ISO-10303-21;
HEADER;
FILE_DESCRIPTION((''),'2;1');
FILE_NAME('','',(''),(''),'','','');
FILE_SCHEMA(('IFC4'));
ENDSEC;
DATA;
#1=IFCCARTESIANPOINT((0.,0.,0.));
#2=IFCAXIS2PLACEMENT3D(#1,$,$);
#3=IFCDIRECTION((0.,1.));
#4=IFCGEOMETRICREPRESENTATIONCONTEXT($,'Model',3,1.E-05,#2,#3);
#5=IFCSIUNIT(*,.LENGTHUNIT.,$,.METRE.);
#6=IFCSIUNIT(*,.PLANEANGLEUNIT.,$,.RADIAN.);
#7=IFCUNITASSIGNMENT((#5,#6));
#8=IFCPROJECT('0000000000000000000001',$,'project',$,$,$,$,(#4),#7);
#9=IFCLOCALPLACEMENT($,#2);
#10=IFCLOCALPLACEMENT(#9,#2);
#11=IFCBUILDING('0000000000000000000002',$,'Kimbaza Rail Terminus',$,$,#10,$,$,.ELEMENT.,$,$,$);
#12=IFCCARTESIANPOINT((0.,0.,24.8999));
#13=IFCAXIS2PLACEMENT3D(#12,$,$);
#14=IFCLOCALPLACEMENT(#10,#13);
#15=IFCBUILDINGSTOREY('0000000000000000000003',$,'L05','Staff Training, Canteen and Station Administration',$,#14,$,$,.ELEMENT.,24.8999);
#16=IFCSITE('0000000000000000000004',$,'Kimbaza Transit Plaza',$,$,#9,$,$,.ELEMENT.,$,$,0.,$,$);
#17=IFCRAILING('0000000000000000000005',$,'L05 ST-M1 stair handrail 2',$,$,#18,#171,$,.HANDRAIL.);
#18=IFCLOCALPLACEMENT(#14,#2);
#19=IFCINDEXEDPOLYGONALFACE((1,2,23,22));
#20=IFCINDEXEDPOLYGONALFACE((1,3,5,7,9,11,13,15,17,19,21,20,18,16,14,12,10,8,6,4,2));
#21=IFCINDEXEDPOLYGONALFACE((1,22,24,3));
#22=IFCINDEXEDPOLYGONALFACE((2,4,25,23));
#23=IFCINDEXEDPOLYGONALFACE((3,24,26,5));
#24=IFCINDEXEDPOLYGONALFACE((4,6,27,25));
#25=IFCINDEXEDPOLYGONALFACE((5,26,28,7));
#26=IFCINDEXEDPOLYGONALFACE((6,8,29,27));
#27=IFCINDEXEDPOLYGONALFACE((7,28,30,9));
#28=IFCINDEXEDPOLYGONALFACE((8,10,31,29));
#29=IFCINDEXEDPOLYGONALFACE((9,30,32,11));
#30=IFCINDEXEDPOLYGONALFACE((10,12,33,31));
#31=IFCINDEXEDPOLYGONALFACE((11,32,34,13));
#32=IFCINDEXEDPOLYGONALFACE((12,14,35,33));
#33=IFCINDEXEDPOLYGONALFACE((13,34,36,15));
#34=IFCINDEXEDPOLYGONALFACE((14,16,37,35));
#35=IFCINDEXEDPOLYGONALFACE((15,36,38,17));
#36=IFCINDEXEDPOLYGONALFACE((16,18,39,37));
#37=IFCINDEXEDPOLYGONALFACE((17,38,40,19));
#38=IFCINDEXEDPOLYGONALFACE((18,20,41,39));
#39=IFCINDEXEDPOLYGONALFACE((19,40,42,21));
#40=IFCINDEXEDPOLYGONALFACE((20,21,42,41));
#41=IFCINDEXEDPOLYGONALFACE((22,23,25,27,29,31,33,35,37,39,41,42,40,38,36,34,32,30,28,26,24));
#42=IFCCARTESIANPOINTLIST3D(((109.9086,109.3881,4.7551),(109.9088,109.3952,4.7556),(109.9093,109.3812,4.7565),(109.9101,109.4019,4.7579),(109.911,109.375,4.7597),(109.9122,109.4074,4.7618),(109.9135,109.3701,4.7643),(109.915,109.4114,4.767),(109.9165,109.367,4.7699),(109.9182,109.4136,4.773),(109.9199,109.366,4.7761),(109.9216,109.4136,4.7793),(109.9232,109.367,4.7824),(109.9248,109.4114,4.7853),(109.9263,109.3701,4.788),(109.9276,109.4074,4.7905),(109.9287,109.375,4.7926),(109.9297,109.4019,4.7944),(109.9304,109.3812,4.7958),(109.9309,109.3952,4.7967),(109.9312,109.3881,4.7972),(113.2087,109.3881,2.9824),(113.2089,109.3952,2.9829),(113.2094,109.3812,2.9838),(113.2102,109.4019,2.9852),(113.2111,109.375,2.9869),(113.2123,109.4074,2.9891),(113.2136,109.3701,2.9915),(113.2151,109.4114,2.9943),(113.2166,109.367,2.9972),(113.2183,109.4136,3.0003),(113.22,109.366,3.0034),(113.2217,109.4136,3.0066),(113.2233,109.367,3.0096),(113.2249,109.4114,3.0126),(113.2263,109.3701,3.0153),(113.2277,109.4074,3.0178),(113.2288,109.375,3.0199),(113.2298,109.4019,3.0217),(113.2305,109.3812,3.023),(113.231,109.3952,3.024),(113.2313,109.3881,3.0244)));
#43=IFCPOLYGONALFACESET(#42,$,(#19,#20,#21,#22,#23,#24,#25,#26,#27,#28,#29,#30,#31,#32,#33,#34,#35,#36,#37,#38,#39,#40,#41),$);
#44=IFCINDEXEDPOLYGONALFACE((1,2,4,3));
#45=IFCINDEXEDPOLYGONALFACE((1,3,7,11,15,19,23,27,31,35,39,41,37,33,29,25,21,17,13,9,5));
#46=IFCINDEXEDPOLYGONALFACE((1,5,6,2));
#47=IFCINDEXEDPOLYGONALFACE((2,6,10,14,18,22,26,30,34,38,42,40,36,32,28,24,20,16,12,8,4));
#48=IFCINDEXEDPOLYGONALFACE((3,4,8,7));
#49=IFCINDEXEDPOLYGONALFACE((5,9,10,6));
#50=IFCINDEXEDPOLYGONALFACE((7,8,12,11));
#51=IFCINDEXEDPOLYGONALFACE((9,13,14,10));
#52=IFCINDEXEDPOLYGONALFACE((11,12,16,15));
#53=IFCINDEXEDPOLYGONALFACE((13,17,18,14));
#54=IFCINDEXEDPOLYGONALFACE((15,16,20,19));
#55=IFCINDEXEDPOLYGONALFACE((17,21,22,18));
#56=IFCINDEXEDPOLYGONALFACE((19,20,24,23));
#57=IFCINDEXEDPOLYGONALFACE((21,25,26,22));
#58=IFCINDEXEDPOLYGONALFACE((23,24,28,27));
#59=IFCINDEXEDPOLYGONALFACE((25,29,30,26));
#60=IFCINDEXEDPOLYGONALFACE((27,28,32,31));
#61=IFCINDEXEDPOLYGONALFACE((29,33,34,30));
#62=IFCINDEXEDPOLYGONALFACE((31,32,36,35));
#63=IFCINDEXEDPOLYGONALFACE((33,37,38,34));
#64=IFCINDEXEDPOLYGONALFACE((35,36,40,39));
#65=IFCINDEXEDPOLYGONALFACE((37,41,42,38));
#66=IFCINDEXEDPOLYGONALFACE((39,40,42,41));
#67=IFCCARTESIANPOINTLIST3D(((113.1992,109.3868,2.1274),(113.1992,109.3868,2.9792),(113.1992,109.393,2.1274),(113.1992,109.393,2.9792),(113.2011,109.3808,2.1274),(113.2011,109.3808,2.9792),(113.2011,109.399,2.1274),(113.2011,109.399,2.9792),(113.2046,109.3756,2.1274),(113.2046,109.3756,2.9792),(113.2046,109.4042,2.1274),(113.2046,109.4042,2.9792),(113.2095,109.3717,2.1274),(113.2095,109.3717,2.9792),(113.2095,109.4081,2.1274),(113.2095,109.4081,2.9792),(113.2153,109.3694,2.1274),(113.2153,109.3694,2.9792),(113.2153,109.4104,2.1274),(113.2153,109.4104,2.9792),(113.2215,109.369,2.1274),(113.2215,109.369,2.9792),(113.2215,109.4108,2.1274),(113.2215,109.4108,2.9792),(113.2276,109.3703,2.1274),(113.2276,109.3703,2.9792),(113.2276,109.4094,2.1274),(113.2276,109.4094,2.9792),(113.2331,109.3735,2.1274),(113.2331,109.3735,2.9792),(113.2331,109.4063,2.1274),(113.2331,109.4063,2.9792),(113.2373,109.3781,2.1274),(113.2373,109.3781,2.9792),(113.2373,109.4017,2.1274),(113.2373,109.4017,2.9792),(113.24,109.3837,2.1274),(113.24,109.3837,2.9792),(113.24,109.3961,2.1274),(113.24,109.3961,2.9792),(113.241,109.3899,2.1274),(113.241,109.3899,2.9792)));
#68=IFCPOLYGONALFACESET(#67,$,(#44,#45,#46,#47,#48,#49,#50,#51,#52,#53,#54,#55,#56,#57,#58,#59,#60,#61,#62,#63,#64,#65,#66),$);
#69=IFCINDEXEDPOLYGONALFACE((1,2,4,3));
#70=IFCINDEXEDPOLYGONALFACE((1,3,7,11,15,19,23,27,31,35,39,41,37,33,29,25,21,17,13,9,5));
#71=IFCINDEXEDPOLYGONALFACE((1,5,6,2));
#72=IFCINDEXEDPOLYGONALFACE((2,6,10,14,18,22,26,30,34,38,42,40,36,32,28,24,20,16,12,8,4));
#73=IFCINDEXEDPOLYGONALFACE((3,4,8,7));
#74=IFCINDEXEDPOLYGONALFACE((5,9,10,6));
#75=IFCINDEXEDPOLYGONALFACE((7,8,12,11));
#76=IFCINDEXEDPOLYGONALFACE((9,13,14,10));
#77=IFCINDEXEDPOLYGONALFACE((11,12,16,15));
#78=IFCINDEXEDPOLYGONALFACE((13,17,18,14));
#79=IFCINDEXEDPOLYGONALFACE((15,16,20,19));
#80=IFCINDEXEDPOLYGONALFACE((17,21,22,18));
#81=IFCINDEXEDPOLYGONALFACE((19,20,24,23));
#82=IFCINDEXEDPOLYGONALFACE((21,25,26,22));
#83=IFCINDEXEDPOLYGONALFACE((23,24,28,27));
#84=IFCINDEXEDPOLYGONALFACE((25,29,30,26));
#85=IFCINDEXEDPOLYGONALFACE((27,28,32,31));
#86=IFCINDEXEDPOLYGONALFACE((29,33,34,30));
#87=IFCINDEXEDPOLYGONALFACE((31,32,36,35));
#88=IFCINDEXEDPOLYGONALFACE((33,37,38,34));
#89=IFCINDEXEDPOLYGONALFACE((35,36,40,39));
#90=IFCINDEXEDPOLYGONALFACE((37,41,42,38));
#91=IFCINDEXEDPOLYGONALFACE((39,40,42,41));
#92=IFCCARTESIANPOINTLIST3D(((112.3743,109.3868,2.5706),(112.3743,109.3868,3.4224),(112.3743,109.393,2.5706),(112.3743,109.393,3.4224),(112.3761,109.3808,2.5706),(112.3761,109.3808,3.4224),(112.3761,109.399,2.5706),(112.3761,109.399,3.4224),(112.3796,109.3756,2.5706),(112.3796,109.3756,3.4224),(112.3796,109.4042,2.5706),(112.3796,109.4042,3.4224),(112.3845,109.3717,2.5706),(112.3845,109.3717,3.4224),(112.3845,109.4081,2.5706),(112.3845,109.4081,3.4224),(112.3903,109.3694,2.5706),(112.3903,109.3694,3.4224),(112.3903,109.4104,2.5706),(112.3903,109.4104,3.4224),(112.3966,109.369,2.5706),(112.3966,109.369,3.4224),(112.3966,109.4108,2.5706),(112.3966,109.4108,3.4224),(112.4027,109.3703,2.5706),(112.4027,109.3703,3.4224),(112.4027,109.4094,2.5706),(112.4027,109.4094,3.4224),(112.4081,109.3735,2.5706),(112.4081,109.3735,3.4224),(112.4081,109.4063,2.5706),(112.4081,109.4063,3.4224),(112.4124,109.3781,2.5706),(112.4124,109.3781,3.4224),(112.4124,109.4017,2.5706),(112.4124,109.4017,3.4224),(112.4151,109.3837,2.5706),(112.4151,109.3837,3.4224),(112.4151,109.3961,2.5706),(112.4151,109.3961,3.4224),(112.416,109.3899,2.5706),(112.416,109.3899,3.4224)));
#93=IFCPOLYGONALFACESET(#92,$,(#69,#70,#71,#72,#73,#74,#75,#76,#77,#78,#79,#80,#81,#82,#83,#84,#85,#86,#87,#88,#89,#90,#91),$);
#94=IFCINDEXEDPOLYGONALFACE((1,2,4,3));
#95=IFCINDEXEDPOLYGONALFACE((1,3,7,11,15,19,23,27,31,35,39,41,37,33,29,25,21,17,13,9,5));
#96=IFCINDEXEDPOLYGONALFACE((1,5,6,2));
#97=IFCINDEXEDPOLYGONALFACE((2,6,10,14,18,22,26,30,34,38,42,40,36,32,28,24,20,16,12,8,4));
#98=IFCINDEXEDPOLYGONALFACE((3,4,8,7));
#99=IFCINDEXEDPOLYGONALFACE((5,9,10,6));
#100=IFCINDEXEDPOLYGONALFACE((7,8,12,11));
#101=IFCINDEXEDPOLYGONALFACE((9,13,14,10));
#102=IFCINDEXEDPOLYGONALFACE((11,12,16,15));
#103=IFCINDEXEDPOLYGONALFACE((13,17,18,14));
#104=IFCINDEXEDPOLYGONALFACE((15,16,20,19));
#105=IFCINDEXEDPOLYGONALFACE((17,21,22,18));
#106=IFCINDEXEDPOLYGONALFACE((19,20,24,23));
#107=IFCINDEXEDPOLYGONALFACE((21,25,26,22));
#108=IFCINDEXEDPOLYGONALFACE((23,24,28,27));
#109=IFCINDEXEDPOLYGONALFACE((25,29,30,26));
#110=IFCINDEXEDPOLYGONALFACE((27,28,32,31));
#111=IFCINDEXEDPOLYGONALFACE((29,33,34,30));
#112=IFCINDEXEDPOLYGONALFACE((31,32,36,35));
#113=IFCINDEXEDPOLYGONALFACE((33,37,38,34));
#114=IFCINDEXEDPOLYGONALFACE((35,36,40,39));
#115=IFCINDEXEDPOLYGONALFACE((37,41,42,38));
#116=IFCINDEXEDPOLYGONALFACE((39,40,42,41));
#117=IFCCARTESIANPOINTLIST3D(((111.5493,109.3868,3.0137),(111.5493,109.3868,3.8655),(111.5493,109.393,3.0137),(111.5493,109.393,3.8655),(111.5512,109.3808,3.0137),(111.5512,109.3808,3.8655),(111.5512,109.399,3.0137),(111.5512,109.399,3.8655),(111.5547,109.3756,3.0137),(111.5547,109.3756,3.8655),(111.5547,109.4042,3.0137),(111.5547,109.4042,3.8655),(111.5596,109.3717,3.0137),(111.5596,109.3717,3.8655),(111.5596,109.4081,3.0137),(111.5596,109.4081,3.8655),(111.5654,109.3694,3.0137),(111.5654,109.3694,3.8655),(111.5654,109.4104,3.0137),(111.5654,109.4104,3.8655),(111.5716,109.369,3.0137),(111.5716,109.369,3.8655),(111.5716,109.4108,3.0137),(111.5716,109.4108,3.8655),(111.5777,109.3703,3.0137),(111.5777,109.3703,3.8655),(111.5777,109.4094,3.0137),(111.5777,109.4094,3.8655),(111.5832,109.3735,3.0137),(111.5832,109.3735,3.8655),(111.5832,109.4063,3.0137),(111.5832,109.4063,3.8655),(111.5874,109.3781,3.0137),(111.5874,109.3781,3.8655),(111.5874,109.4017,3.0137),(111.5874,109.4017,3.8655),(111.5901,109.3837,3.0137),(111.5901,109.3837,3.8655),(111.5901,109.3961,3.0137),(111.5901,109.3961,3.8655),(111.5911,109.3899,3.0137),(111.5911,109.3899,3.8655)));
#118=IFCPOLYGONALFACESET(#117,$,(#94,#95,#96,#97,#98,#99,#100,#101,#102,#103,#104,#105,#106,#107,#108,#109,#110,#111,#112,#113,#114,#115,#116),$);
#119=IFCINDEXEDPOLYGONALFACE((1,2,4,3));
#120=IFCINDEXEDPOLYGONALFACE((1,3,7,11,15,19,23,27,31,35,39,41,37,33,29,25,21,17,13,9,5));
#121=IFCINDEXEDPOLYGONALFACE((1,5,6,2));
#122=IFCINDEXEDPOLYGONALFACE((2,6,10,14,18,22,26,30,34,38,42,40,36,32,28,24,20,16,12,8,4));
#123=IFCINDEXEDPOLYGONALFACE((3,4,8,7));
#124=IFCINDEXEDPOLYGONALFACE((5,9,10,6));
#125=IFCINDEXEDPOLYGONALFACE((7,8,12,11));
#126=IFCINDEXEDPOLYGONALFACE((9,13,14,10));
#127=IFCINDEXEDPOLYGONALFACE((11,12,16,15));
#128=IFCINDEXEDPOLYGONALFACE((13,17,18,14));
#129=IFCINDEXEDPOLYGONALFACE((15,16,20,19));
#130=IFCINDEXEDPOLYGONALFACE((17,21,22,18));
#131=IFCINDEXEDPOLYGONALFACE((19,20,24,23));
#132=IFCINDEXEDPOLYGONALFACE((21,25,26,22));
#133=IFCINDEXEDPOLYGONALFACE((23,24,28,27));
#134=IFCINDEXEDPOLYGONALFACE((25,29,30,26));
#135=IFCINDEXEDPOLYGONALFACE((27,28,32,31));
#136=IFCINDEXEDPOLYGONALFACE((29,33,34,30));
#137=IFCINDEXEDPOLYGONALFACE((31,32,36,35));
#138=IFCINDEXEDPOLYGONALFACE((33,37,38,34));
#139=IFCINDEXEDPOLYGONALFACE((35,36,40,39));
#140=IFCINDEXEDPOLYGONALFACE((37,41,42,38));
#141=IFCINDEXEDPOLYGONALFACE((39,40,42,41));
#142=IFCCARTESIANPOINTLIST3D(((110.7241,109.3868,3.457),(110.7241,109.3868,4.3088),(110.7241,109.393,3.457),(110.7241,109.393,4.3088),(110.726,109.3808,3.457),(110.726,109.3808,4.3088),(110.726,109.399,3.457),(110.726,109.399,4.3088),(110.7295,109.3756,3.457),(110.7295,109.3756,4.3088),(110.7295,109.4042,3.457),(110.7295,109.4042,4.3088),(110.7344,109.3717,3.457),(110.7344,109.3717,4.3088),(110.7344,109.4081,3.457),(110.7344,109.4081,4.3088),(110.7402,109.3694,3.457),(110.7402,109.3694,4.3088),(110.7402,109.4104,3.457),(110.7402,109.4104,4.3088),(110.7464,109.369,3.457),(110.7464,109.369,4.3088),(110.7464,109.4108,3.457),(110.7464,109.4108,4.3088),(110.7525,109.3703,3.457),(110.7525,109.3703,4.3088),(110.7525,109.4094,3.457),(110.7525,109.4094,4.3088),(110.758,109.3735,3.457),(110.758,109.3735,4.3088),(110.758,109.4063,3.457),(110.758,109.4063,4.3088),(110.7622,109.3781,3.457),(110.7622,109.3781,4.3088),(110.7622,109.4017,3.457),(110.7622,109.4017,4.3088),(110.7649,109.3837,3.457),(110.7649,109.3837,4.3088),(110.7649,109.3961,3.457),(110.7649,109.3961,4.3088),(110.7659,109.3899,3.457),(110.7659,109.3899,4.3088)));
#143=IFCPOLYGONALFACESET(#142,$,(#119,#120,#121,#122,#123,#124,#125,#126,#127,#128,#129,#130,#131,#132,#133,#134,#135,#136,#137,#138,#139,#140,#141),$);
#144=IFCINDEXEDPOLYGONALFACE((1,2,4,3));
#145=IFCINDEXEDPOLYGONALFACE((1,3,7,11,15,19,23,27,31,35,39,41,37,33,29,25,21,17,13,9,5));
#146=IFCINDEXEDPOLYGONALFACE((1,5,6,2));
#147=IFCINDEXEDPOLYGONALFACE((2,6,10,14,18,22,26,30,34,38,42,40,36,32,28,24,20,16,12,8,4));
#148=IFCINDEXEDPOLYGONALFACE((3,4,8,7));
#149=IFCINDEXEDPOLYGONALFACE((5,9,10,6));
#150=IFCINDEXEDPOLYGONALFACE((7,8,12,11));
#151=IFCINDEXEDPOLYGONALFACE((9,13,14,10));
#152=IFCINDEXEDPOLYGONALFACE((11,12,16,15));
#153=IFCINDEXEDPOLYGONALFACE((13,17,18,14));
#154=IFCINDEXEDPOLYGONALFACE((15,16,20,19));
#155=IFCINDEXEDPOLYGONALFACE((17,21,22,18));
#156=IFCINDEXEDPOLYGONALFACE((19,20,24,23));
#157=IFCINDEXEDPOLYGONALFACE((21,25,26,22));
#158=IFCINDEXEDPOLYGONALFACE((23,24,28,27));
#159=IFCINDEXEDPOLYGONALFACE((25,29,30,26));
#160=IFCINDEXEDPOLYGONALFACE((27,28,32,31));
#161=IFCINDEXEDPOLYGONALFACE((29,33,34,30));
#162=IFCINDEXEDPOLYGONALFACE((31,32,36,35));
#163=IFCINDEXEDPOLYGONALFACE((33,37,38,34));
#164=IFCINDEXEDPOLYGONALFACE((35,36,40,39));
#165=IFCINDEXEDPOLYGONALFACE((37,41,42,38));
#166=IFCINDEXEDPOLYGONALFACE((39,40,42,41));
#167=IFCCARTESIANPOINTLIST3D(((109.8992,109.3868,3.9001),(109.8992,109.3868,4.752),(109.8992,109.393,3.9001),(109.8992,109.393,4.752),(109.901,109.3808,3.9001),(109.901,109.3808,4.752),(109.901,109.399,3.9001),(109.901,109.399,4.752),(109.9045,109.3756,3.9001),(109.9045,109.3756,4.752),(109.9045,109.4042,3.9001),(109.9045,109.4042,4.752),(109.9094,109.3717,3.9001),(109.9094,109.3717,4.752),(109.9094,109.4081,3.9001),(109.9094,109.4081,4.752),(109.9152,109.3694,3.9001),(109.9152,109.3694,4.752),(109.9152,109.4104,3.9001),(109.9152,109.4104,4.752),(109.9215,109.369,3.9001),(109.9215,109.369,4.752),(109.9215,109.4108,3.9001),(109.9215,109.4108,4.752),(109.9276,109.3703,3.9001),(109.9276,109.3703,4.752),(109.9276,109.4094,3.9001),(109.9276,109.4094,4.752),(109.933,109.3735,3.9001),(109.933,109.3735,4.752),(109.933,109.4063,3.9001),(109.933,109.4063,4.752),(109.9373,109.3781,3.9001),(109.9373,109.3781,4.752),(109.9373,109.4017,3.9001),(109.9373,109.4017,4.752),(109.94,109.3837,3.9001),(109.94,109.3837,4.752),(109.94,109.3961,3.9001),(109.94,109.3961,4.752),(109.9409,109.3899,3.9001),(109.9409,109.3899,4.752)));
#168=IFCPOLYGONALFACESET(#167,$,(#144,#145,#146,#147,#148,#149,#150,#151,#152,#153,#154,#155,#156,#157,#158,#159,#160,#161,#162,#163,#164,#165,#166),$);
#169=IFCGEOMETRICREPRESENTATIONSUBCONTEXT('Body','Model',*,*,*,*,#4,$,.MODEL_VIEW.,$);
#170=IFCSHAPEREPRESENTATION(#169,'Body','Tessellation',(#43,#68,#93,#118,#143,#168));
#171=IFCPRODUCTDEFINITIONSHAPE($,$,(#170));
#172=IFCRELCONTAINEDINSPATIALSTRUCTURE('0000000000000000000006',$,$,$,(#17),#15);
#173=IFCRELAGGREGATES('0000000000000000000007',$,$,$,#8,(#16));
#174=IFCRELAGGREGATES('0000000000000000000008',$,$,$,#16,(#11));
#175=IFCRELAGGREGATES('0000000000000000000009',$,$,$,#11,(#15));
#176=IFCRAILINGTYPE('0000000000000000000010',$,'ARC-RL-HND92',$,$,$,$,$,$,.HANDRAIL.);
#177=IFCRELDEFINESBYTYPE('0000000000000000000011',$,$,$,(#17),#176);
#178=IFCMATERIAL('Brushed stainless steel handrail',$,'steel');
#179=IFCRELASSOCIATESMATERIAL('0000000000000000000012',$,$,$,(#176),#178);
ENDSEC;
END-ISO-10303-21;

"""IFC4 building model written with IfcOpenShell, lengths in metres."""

from ifc_helpers import new_model, si_unit, direction, frame, origin, origin_2d, place, context, subcontext, project, spatial, circle, extrude, material, type_object, element, save


model = new_model("IFC4")

# Units and contexts
model_context = context("Model", 3, precision=1e-05, world=origin(), true_north=direction((0.0, 1.0)))
body_context = subcontext(model_context, "Body", "Model", "MODEL_VIEW")
ifc_project = project(units=[si_unit("LENGTHUNIT", "METRE"), si_unit("PLANEANGLEUNIT", "RADIAN")], contexts=[model_context])

# Site, building, storey
site_placement = place(None, origin())
site = spatial("IfcSite", under=ifc_project, at=site_placement, Name="Kimbaza Transit Plaza", CompositionType="ELEMENT", RefElevation=0.0)
building_placement = place(site_placement, origin())
building = spatial("IfcBuilding", under=site, at=building_placement, Name="Kimbaza Rail Terminus", CompositionType="ELEMENT")
storey_placement = place(building_placement, frame((0.0, 0.0, 24.8999)))
storey = spatial("IfcBuildingStorey", under=building, at=storey_placement, Name="L05", Description="Staff Training, Canteen and Station Administration", CompositionType="ELEMENT", Elevation=24.8999)

# Railing
ifc_material_1 = material(Name="Brushed stainless steel handrail", Category="steel")
railing_type_1 = type_object("IfcRailingType", Name="ARC-RL-HND92", PredefinedType="HANDRAIL", material=ifc_material_1)
railing_1_placement = place(storey_placement, frame((113.22, 109.3899, 2.1274)))
element("IfcRailing", 1, at=railing_1_placement, inside=storey, type_object=railing_type_1, Name="L05 ST-M1 stair handrail 2", PredefinedType="HANDRAIL", context=body_context, shape_type="SweptSolid", body=[
    extrude(circle(Radius=0.0239, at=origin_2d()), frame((0.0, 0.0, 0.876), z_axis=(-0.880944, 0.0, 0.473221), x_axis=(0.0, -1.0, 0.0)), (0.0, 0.0, 1.0), 3.7461),
    extrude(circle(Radius=0.021, at=origin_2d()), origin(), (0.0, 0.0, 1.0), 0.8518),
    extrude(circle(Radius=0.021, at=origin_2d()), frame((-0.825, 0.0, 0.4431)), (0.0, 0.0, 1.0), 0.8518),
    extrude(circle(Radius=0.021, at=origin_2d()), frame((-1.6499, 0.0, 0.8862)), (0.0, 0.0, 1.0), 0.8518),
    extrude(circle(Radius=0.021, at=origin_2d()), frame((-2.4751, 0.0, 1.3296)), (0.0, 0.0, 1.0), 0.8518),
    extrude(circle(Radius=0.021, at=origin_2d()), frame((-3.3, 0.0, 1.7727)), (0.0, 0.0, 1.0), 0.8518),
])

save(model, "model.ifc")
